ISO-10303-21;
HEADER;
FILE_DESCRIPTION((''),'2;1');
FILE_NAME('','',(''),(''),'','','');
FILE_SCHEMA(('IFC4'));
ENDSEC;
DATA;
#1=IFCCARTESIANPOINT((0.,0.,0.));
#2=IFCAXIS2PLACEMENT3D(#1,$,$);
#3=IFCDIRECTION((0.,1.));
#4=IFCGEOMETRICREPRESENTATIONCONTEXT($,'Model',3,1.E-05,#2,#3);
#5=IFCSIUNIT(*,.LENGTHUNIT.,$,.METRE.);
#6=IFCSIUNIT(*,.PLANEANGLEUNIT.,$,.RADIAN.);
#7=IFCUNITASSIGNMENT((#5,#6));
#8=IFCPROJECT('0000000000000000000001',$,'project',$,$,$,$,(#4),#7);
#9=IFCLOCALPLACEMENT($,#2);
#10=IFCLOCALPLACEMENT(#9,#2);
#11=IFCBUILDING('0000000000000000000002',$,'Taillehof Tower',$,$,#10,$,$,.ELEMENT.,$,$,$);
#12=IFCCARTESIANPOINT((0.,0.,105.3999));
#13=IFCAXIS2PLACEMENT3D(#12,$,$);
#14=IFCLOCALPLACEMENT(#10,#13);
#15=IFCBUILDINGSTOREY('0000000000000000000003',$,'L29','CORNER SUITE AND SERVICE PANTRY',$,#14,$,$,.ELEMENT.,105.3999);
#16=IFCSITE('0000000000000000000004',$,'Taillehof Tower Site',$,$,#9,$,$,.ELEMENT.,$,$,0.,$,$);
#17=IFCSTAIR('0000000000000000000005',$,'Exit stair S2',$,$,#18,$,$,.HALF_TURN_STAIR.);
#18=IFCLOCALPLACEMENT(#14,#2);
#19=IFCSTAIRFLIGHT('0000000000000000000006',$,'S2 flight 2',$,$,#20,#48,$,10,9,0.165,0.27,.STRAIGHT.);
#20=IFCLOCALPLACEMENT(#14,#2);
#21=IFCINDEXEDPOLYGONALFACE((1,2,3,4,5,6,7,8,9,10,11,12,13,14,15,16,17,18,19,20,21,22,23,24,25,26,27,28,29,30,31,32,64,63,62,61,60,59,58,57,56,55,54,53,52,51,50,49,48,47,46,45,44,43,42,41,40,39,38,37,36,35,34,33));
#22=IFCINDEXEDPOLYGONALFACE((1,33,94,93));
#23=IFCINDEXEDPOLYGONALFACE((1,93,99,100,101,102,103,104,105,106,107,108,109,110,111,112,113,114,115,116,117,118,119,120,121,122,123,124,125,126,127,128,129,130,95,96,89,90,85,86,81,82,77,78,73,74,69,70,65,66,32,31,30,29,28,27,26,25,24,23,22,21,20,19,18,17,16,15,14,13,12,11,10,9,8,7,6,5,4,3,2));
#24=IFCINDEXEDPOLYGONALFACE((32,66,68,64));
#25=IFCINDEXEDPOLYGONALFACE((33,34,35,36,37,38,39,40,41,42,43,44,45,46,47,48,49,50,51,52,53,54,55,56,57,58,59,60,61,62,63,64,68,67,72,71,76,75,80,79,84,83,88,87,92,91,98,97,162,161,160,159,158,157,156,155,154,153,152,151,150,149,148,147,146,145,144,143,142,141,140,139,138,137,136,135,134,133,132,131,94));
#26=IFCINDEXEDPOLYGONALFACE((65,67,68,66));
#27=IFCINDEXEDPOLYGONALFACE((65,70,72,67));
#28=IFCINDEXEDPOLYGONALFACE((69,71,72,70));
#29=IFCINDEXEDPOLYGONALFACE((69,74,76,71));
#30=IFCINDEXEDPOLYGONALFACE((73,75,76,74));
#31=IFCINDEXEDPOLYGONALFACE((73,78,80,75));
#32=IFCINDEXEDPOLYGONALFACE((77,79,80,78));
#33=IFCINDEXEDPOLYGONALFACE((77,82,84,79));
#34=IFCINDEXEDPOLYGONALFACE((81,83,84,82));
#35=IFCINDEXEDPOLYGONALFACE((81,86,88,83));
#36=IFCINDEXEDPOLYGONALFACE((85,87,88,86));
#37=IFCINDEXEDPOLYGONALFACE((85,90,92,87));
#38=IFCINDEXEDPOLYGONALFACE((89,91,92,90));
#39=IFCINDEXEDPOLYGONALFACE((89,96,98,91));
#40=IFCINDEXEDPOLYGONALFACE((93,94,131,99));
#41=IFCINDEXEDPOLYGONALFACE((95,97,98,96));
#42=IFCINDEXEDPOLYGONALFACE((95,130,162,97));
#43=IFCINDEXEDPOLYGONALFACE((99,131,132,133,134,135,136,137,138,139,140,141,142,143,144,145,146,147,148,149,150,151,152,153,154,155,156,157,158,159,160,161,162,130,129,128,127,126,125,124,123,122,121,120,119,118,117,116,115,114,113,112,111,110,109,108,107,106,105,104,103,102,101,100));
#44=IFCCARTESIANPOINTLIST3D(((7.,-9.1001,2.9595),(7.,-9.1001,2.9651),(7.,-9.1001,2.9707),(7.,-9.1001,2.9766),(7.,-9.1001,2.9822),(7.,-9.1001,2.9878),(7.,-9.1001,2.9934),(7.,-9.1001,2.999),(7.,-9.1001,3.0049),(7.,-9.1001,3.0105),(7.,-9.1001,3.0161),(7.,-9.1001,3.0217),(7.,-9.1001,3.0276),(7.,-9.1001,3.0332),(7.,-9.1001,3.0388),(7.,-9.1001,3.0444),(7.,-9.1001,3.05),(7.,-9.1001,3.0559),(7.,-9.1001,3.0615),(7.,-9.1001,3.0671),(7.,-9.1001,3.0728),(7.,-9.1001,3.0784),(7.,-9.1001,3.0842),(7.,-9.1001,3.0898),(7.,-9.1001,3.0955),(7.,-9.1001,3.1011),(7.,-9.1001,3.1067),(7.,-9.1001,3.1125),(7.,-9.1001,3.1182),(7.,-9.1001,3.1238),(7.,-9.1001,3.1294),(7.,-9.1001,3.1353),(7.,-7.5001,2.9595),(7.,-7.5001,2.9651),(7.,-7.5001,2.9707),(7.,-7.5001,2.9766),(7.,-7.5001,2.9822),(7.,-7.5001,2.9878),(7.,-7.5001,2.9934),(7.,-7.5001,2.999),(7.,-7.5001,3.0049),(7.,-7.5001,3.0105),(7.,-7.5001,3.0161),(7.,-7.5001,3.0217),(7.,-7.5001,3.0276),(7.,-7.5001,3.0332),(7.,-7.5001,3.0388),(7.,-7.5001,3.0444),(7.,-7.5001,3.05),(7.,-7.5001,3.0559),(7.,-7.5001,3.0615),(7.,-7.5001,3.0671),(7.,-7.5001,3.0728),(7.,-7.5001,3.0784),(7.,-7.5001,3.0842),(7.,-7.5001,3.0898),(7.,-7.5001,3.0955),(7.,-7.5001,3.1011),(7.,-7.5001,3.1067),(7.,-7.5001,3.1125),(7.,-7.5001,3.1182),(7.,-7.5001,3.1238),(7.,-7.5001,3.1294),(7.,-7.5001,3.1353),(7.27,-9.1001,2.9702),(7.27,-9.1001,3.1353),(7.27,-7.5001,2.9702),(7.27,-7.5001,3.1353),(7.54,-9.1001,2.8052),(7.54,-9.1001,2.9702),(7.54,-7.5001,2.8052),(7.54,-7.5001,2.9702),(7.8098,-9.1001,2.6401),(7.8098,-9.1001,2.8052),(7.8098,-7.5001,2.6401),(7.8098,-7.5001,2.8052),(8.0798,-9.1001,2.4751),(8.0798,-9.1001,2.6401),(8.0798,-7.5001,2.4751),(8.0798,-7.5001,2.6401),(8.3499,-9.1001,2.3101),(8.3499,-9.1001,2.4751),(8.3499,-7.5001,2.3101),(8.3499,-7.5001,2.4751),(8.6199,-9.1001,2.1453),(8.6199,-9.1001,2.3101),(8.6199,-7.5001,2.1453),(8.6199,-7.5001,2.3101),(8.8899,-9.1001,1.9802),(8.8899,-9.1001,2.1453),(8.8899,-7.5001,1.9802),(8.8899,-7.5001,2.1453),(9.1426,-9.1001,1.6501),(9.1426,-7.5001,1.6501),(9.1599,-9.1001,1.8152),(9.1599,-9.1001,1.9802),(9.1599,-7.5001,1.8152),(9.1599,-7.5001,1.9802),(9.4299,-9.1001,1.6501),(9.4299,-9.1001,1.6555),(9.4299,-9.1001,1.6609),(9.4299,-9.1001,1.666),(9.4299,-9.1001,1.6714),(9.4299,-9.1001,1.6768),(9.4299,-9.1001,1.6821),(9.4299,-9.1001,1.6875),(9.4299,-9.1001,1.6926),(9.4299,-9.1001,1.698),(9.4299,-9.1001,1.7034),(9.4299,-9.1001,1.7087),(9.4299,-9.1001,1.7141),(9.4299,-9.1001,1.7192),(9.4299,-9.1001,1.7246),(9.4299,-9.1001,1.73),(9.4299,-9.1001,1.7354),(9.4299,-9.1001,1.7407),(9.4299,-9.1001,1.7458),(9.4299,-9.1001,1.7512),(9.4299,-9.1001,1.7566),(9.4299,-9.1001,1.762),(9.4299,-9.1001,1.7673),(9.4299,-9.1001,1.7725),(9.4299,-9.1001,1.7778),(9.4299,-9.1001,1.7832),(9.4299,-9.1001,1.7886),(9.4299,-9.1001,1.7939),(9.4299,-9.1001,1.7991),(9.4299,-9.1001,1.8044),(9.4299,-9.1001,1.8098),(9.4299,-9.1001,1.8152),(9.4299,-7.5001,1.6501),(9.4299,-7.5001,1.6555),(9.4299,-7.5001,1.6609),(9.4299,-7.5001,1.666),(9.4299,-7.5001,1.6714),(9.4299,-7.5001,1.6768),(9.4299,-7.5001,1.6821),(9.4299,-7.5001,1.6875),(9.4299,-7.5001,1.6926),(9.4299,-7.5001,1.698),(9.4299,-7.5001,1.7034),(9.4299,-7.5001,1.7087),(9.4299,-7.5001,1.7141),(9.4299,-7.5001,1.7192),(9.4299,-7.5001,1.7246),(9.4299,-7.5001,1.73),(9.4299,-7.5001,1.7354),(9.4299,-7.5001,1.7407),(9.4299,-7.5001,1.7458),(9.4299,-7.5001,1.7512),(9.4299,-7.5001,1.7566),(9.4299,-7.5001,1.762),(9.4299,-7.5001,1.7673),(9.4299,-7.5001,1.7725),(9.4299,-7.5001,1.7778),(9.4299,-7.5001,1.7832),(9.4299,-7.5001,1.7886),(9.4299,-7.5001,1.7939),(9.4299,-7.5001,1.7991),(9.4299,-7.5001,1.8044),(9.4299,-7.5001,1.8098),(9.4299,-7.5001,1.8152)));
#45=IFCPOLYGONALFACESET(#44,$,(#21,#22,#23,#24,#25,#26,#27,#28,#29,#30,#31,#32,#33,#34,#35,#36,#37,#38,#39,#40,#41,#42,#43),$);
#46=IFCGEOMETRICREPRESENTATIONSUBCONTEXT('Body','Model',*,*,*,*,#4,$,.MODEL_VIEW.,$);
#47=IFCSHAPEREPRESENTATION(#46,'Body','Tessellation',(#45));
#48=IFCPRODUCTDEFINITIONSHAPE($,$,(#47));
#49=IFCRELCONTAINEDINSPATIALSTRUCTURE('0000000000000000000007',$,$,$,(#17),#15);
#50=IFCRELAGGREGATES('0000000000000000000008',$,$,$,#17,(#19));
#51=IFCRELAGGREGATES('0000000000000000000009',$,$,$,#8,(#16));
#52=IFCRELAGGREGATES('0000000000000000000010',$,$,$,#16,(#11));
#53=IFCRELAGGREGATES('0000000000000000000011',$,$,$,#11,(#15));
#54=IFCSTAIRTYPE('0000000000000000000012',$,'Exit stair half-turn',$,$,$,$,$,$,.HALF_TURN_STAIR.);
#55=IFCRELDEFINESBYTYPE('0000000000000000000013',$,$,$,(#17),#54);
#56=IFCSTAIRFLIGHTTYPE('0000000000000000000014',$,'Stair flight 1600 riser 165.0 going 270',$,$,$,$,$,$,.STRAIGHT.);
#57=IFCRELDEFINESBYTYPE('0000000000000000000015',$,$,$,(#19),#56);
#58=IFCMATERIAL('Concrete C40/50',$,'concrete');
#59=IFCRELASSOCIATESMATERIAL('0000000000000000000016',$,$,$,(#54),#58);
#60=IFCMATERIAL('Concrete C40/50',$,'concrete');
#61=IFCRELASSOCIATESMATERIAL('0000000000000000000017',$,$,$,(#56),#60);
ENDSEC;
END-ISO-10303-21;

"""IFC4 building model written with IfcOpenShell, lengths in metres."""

from ifc_helpers import new_model, si_unit, direction, frame, origin, place, context, subcontext, project, spatial, polyline, outline, extrude, material, type_object, element, aggregate, save


model = new_model("IFC4")

# Units and contexts
model_context = context("Model", 3, precision=1e-05, world=origin(), true_north=direction((0.0, 1.0)))
body_context = subcontext(model_context, "Body", "Model", "MODEL_VIEW")
ifc_project = project(units=[si_unit("LENGTHUNIT", "METRE"), si_unit("PLANEANGLEUNIT", "RADIAN")], contexts=[model_context])

# Site, building, storey
site_placement = place(None, origin())
site = spatial("IfcSite", under=ifc_project, at=site_placement, Name="Taillehof Tower Site", CompositionType="ELEMENT", RefElevation=0.0)
building_placement = place(site_placement, origin())
building = spatial("IfcBuilding", under=site, at=building_placement, Name="Taillehof Tower", CompositionType="ELEMENT")
storey_placement = place(building_placement, frame((0.0, 0.0, 105.3999)))
storey = spatial("IfcBuildingStorey", under=building, at=storey_placement, Name="L29", Description="CORNER SUITE AND SERVICE PANTRY", CompositionType="ELEMENT", Elevation=105.3999)

# Stair, stair flight
ifc_material_1 = material(Name="Concrete C40/50", Category="concrete")
stair_type = type_object("IfcStairType", Name="Exit stair half-turn", PredefinedType="HALF_TURN_STAIR", material=ifc_material_1)
stair_placement = place(storey_placement, origin())
stair = element("IfcStair", 1, at=stair_placement, inside=storey, type_object=stair_type, Name="Exit stair S2", PredefinedType="HALF_TURN_STAIR")
ifc_material_2 = material(Name="Concrete C40/50", Category="concrete")
stair_flight_type = type_object("IfcStairFlightType", Name="Stair flight 1600 riser 165.0 going 270", PredefinedType="STRAIGHT", material=ifc_material_2)
stair_flight_1_placement = place(storey_placement, frame((9.4299, -8.3, 1.6501), z_axis=(0.0, 0.0, 1.0), x_axis=(-1.0, 0.0, 0.0)))
stair_flight_1 = element("IfcStairFlight", 2, at=stair_flight_1_placement, type_object=stair_flight_type, Name="S2 flight 2", NumberOfRisers=10, NumberOfTreads=9, PredefinedType="STRAIGHT", RiserHeight=0.165, TreadLength=0.27, context=body_context, shape_type="SweptSolid", body=[
    extrude(outline(polyline([(0.0, 0.0), (0.0, 0.0054), (0.0, 0.0107), (0.0, 0.0159), (0.0, 0.0212), (0.0, 0.0266), (0.0, 0.032), (0.0, 0.0374), (0.0, 0.0425), (0.0, 0.0479), (0.0, 0.0532), (0.0, 0.0586), (0.0, 0.064), (0.0, 0.0691), (0.0, 0.0745), (0.0, 0.0798), (0.0, 0.0852), (0.0, 0.0906), (0.0, 0.0957), (0.0, 0.1011), (0.0, 0.1064), (0.0, 0.1118), (0.0, 0.1172), (0.0, 0.1223), (0.0, 0.1277), (0.0, 0.1331), (0.0, 0.1384), (0.0, 0.1438), (0.0, 0.1489), (0.0, 0.1543), (0.0, 0.1597), (0.0, 0.165), (0.27, 0.165), (0.27, 0.3301), (0.54, 0.3301), (0.54, 0.4951), (0.8101, 0.4951), (0.8101, 0.6599), (1.0801, 0.6599), (1.0801, 0.825), (1.3501, 0.825), (1.3501, 0.99), (1.6201, 0.99), (1.6201, 1.155), (1.8899, 1.155), (1.8899, 1.3201), (2.1599, 1.3201), (2.1599, 1.4851), (2.4299, 1.4851), (2.4299, 1.4792), (2.4299, 1.4736), (2.4299, 1.468), (2.4299, 1.4624), (2.4299, 1.4565), (2.4299, 1.4509), (2.4299, 1.4453), (2.4299, 1.4397), (2.4299, 1.4341), (2.4299, 1.4282), (2.4299, 1.4226), (2.4299, 1.417), (2.4299, 1.4114), (2.4299, 1.4058), (2.4299, 1.3999), (2.4299, 1.3943), (2.4299, 1.3887), (2.4299, 1.3831), (2.4299, 1.3774), (2.4299, 1.3716), (2.4299, 1.366), (2.4299, 1.3604), (2.4299, 1.3547), (2.4299, 1.3489), (2.4299, 1.3433), (2.4299, 1.3376), (2.4299, 1.332), (2.4299, 1.3264), (2.4299, 1.3206), (2.4299, 1.3149), (2.4299, 1.3093), (0.2874, 0.0), (0.0, 0.0)])), frame((0.0, 0.8, 0.0), z_axis=(0.0, -1.0, 0.0), x_axis=(1.0, 0.0, 0.0)), (0.0, 0.0, 1.0), 1.6),
])
aggregate(stair, [stair_flight_1])

save(model, "model.ifc")
